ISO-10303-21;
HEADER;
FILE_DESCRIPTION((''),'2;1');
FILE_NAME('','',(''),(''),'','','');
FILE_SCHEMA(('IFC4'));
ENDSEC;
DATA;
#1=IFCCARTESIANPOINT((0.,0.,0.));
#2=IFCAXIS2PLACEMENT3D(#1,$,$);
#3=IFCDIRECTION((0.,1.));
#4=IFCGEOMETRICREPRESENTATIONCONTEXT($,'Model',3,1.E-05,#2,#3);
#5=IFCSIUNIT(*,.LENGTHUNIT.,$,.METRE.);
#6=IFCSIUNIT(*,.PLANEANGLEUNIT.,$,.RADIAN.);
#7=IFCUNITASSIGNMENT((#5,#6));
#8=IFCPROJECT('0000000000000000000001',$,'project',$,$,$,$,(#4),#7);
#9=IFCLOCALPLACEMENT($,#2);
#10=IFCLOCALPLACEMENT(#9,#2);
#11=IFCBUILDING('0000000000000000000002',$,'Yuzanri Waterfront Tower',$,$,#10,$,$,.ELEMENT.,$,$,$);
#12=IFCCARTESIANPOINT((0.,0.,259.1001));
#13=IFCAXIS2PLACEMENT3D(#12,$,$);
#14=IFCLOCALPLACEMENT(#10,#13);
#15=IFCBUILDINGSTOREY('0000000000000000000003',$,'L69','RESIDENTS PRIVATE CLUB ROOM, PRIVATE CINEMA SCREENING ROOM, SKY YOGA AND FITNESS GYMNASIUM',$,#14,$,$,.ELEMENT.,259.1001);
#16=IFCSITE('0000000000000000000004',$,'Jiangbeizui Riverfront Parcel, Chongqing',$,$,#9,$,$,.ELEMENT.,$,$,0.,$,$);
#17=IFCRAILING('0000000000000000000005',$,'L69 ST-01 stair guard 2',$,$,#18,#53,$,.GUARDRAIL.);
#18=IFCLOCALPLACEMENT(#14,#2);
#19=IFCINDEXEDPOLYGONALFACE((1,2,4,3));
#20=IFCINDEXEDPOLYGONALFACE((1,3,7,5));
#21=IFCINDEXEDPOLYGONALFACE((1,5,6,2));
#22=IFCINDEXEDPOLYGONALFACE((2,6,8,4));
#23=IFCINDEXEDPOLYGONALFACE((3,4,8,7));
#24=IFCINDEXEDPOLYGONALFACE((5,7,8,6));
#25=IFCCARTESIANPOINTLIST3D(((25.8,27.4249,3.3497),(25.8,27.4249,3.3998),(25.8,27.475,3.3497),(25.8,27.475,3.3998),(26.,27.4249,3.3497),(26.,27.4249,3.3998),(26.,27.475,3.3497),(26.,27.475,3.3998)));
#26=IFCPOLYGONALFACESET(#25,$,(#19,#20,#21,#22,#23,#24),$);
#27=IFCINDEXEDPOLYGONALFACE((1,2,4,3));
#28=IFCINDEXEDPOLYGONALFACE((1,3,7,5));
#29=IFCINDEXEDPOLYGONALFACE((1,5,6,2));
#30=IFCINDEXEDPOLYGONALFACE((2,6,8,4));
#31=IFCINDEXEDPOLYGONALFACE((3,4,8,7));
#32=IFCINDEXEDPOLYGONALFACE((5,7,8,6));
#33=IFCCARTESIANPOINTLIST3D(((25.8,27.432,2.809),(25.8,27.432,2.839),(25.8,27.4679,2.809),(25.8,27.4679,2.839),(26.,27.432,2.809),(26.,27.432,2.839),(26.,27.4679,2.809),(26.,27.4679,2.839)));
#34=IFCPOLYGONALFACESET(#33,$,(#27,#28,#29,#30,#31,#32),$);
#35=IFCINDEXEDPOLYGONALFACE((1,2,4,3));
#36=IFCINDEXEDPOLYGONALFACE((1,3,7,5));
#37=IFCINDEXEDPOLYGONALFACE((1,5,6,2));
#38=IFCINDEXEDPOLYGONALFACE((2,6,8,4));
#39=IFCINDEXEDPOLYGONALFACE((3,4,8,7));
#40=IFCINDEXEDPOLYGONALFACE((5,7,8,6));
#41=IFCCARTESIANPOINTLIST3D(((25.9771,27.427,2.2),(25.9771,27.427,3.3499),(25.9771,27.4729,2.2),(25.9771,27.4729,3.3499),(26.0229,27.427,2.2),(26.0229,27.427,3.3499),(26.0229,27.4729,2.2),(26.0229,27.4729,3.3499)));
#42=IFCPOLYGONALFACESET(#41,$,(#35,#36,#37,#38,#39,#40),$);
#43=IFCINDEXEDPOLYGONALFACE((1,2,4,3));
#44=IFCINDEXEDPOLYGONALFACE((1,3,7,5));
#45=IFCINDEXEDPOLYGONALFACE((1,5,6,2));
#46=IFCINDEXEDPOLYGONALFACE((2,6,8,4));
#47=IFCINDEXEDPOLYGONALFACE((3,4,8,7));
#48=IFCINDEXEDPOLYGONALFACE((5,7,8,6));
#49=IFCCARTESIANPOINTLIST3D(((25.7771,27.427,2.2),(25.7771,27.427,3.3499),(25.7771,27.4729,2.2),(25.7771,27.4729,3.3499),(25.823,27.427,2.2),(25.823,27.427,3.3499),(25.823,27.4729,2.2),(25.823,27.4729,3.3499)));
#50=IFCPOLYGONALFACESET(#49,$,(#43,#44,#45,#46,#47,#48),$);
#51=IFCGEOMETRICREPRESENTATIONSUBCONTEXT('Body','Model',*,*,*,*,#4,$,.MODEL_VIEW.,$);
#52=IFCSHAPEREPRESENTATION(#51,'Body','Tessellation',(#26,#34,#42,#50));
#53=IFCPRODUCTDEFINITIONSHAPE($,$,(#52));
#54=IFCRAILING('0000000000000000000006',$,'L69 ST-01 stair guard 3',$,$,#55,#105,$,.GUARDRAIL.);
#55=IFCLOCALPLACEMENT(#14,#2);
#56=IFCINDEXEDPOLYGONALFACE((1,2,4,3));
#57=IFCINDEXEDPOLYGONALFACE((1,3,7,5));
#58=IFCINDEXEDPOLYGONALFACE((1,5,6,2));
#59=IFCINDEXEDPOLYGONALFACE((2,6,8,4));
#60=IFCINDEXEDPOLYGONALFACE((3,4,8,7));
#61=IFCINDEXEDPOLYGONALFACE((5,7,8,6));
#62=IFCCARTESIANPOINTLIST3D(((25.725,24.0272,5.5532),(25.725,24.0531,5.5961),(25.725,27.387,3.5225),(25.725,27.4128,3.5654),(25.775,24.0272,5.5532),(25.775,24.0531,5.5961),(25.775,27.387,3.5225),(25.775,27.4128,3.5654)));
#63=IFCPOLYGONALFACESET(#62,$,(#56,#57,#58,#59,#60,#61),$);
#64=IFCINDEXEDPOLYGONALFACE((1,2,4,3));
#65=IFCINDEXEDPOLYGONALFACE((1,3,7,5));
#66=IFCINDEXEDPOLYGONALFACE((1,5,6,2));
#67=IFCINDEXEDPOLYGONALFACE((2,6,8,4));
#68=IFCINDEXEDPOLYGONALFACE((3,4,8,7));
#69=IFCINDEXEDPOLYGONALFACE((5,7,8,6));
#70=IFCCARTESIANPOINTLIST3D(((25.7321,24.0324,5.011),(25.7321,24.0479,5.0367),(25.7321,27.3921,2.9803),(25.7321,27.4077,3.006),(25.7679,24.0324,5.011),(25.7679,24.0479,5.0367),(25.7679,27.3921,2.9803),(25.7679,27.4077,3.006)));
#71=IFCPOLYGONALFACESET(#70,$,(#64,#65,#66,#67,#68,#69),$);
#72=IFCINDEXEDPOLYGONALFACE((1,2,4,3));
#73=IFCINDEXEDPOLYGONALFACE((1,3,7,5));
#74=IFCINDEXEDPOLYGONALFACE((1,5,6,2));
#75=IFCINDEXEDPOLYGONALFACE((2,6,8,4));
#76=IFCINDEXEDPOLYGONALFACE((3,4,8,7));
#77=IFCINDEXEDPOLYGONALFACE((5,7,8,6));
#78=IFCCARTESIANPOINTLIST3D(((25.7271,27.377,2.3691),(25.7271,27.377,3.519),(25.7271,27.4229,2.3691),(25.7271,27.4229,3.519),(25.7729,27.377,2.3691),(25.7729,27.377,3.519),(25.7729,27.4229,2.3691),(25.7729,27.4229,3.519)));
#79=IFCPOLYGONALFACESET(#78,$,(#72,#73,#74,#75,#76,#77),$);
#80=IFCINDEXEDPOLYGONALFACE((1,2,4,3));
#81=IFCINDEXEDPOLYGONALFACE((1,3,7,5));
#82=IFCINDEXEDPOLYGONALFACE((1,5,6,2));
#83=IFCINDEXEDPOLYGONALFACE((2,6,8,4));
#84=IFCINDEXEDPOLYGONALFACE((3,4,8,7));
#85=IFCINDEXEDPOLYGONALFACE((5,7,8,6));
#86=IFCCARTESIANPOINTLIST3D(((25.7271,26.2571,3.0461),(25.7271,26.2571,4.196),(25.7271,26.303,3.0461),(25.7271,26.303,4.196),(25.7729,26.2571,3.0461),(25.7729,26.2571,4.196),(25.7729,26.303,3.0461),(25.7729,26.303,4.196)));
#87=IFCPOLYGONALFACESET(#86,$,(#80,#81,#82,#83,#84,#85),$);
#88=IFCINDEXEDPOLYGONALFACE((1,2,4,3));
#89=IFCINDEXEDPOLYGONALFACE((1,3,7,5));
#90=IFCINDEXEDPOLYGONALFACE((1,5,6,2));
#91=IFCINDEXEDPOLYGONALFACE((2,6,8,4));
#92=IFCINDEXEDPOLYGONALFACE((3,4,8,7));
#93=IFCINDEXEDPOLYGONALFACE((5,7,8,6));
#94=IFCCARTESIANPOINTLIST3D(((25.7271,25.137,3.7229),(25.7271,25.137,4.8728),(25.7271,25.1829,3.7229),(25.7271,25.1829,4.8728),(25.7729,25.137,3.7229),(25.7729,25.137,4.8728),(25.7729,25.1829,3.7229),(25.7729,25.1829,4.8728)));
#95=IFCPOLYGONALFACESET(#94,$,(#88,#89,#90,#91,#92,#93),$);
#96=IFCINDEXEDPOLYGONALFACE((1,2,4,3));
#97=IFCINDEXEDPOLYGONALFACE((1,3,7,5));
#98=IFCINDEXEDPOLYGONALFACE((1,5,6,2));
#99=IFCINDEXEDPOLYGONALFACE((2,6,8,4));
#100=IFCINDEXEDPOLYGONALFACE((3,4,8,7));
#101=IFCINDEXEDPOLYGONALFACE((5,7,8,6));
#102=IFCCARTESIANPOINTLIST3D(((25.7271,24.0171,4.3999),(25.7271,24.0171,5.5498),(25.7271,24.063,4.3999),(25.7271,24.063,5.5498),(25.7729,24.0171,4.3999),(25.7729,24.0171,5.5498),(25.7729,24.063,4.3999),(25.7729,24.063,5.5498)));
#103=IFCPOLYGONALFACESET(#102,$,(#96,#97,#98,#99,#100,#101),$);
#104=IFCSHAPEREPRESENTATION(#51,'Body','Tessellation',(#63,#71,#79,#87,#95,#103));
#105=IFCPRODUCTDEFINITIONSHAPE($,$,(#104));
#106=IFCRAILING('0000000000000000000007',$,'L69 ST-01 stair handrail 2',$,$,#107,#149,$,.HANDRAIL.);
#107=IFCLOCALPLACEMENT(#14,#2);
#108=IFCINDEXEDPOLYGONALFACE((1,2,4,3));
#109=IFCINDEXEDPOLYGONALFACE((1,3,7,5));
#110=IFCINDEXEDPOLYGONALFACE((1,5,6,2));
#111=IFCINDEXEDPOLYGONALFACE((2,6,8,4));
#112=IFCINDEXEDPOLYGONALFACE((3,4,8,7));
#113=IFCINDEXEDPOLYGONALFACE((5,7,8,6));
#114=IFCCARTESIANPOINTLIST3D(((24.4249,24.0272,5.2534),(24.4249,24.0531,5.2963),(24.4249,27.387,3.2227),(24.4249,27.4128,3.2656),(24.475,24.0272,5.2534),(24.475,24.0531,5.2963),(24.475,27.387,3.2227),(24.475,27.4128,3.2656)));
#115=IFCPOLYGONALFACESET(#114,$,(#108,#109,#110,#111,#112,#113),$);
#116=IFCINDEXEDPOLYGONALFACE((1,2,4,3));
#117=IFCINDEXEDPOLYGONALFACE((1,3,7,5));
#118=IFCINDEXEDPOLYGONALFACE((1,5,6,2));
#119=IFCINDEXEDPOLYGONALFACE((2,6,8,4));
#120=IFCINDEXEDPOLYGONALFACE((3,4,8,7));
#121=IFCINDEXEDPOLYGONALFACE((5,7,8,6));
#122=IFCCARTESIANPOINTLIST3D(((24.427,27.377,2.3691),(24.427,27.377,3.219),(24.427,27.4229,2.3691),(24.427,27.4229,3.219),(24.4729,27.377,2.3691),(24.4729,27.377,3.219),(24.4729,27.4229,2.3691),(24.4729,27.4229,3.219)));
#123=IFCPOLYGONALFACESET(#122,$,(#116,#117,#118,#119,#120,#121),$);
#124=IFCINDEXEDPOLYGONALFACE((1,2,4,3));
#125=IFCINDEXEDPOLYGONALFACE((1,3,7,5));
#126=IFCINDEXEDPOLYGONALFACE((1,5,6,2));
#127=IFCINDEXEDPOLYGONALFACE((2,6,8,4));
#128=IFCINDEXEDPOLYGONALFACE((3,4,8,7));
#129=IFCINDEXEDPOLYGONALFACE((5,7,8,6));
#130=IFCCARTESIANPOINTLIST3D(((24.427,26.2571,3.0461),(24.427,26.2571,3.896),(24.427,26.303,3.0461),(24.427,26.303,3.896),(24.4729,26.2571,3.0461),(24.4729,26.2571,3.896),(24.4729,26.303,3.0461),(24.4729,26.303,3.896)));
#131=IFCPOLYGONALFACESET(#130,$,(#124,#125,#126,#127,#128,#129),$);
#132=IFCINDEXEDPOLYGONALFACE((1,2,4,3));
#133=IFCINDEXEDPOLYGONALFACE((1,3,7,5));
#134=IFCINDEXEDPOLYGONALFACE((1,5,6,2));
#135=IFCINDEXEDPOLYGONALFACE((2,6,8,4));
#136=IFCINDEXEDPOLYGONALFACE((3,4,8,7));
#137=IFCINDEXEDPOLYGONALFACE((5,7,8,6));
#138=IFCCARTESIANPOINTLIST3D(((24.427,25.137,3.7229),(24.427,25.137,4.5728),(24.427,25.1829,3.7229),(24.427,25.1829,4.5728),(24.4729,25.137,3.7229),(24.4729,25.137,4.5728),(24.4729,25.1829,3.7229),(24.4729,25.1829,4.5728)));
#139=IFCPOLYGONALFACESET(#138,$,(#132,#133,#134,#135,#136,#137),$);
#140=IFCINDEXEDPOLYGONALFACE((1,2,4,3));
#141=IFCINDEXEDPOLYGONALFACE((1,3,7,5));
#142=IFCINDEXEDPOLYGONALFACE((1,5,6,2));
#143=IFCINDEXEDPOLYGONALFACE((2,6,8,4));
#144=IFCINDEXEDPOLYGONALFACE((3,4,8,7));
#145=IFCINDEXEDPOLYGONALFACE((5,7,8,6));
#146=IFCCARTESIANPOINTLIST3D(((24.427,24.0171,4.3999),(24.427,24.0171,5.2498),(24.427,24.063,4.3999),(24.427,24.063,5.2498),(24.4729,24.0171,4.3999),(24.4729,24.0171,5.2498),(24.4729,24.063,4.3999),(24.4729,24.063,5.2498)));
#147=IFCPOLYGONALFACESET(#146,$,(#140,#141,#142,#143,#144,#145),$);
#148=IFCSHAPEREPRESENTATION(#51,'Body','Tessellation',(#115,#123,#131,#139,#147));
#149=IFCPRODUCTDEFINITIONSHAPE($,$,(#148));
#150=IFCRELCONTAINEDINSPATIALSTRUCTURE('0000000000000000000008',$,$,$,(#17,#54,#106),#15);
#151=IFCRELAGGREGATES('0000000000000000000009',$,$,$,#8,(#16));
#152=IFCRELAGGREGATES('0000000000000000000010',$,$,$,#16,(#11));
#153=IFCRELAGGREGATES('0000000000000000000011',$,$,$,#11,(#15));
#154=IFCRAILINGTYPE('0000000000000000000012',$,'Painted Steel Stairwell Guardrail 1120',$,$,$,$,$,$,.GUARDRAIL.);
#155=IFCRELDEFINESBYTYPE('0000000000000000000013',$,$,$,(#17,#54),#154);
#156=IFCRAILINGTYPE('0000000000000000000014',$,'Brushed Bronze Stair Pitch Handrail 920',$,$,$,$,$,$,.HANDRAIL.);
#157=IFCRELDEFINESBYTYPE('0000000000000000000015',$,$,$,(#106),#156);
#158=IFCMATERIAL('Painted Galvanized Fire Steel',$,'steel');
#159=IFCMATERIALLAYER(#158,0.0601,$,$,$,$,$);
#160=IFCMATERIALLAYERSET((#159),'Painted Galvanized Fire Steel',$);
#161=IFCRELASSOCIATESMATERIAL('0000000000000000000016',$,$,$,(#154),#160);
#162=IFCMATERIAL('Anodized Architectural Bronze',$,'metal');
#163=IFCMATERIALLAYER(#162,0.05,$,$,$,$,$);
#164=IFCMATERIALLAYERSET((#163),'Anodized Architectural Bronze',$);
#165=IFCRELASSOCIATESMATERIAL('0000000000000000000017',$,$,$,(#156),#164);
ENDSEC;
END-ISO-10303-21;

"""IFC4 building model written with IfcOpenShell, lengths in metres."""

from ifc_helpers import new_model, si_unit, direction, frame, origin, origin_2d, place, context, subcontext, project, spatial, rectangle, extrude, source, transform, mapped, material, layer, layer_set, type_object, element, save


model = new_model("IFC4")

# Units and contexts
model_context = context("Model", 3, precision=1e-05, world=origin(), true_north=direction((0.0, 1.0)))
body_context = subcontext(model_context, "Body", "Model", "MODEL_VIEW")
ifc_project = project(units=[si_unit("LENGTHUNIT", "METRE"), si_unit("PLANEANGLEUNIT", "RADIAN")], contexts=[model_context])

# Site, building, storey
site_placement = place(None, origin())
site = spatial("IfcSite", under=ifc_project, at=site_placement, Name="Jiangbeizui Riverfront Parcel, Chongqing", CompositionType="ELEMENT", RefElevation=0.0)
building_placement = place(site_placement, origin())
building = spatial("IfcBuilding", under=site, at=building_placement, Name="Yuzanri Waterfront Tower", CompositionType="ELEMENT")
storey_placement = place(building_placement, frame((0.0, 0.0, 259.1001)))
storey = spatial("IfcBuildingStorey", under=building, at=storey_placement, Name="L69", Description="RESIDENTS PRIVATE CLUB ROOM, PRIVATE CINEMA SCREENING ROOM, SKY YOGA AND FITNESS GYMNASIUM", CompositionType="ELEMENT", Elevation=259.1001)

# Railings
ifc_material_1 = material(Name="Painted Galvanized Fire Steel", Category="steel")
ifc_layer_1 = layer(ifc_material_1, 0.0601)
ifc_layer_set_1 = layer_set([ifc_layer_1], Name="Painted Galvanized Fire Steel")
railing_type_1 = type_object("IfcRailingType", Name="Painted Steel Stairwell Guardrail 1120", PredefinedType="GUARDRAIL", material=ifc_layer_set_1)
shared_shape_1 = source(origin(), body_context, "Body", "SweptSolid", [
    extrude(rectangle(XDim=0.05, YDim=0.05, at=origin_2d()), frame((0.0, 0.0, 1.1748), z_axis=(-1.0, 0.0, 0.0), x_axis=(0.0, -1.0, 0.0)), (0.0, 0.0, 1.0), 0.2),
    extrude(rectangle(XDim=0.0359, YDim=0.03, at=origin_2d()), frame((0.0, 0.0, 0.624), z_axis=(-1.0, 0.0, 0.0), x_axis=(0.0, -1.0, 0.0)), (0.0, 0.0, 1.0), 0.2),
    extrude(rectangle(XDim=0.0459, YDim=0.0459, at=origin_2d()), origin(), (0.0, 0.0, 1.0), 1.1499),
    extrude(rectangle(XDim=0.0459, YDim=0.0459, at=origin_2d()), frame((-0.2, 0.0, 0.0)), (0.0, 0.0, 1.0), 1.1499),
])
railing_1_placement = place(storey_placement, frame((26.0, 27.45, 2.2)))
element("IfcRailing", 1, at=railing_1_placement, inside=storey, type_object=railing_type_1, Name="L69 ST-01 stair guard 2", PredefinedType="GUARDRAIL", context=body_context, shape_type="MappedRepresentation", body=[
    mapped(shared_shape_1, transform((0.0, 0.0, 0.0), scale=1.0)),
])
shared_shape_2 = source(origin(), body_context, "Body", "SweptSolid", [
    extrude(rectangle(XDim=0.05, YDim=0.05, at=origin_2d()), frame((0.0, 0.0, 1.1748), z_axis=(0.0, -0.85582, 0.517273), x_axis=(1.0, 0.0, 0.0)), (0.0, 0.0, 1.0), 3.9258),
    extrude(rectangle(XDim=0.0359, YDim=0.03, at=origin_2d()), frame((0.0, 0.0, 0.624), z_axis=(0.0, -0.85582, 0.517273), x_axis=(1.0, 0.0, 0.0)), (0.0, 0.0, 1.0), 3.9258),
    extrude(rectangle(XDim=0.0459, YDim=0.0459, at=origin_2d()), origin(), (0.0, 0.0, 1.0), 1.1499),
    extrude(rectangle(XDim=0.0459, YDim=0.0459, at=origin_2d()), frame((0.0, -1.1199, 0.677)), (0.0, 0.0, 1.0), 1.1499),
    extrude(rectangle(XDim=0.0459, YDim=0.0459, at=origin_2d()), frame((0.0, -2.24, 1.3538)), (0.0, 0.0, 1.0), 1.1499),
    extrude(rectangle(XDim=0.0459, YDim=0.0459, at=origin_2d()), frame((0.0, -3.3599, 2.0308)), (0.0, 0.0, 1.0), 1.1499),
])
railing_2_placement = place(storey_placement, frame((25.75, 27.3999, 2.3691)))
element("IfcRailing", 2, at=railing_2_placement, inside=storey, type_object=railing_type_1, Name="L69 ST-01 stair guard 3", PredefinedType="GUARDRAIL", context=body_context, shape_type="MappedRepresentation", body=[
    mapped(shared_shape_2, transform((0.0, 0.0, 0.0), scale=1.0)),
])
ifc_material_2 = material(Name="Anodized Architectural Bronze", Category="metal")
ifc_layer_2 = layer(ifc_material_2, 0.05)
ifc_layer_set_2 = layer_set([ifc_layer_2], Name="Anodized Architectural Bronze")
railing_type_2 = type_object("IfcRailingType", Name="Brushed Bronze Stair Pitch Handrail 920", PredefinedType="HANDRAIL", material=ifc_layer_set_2)
shared_shape_3 = source(origin(), body_context, "Body", "SweptSolid", [
    extrude(rectangle(XDim=0.05, YDim=0.05, at=origin_2d()), frame((0.0, 0.0, 0.875), z_axis=(0.0, -0.85582, 0.517273), x_axis=(1.0, 0.0, 0.0)), (0.0, 0.0, 1.0), 3.9258),
    extrude(rectangle(XDim=0.0459, YDim=0.0459, at=origin_2d()), origin(), (0.0, 0.0, 1.0), 0.8499),
    extrude(rectangle(XDim=0.0459, YDim=0.0459, at=origin_2d()), frame((0.0, -1.1199, 0.677)), (0.0, 0.0, 1.0), 0.8499),
    extrude(rectangle(XDim=0.0459, YDim=0.0459, at=origin_2d()), frame((0.0, -2.24, 1.3538)), (0.0, 0.0, 1.0), 0.8499),
    extrude(rectangle(XDim=0.0459, YDim=0.0459, at=origin_2d()), frame((0.0, -3.3599, 2.0308)), (0.0, 0.0, 1.0), 0.8499),
])
railing_3_placement = place(storey_placement, frame((24.45, 27.3999, 2.3691)))
element("IfcRailing", 3, at=railing_3_placement, inside=storey, type_object=railing_type_2, Name="L69 ST-01 stair handrail 2", PredefinedType="HANDRAIL", context=body_context, shape_type="MappedRepresentation", body=[
    mapped(shared_shape_3, transform((0.0, 0.0, 0.0), scale=1.0)),
])

save(model, "model.ifc")
